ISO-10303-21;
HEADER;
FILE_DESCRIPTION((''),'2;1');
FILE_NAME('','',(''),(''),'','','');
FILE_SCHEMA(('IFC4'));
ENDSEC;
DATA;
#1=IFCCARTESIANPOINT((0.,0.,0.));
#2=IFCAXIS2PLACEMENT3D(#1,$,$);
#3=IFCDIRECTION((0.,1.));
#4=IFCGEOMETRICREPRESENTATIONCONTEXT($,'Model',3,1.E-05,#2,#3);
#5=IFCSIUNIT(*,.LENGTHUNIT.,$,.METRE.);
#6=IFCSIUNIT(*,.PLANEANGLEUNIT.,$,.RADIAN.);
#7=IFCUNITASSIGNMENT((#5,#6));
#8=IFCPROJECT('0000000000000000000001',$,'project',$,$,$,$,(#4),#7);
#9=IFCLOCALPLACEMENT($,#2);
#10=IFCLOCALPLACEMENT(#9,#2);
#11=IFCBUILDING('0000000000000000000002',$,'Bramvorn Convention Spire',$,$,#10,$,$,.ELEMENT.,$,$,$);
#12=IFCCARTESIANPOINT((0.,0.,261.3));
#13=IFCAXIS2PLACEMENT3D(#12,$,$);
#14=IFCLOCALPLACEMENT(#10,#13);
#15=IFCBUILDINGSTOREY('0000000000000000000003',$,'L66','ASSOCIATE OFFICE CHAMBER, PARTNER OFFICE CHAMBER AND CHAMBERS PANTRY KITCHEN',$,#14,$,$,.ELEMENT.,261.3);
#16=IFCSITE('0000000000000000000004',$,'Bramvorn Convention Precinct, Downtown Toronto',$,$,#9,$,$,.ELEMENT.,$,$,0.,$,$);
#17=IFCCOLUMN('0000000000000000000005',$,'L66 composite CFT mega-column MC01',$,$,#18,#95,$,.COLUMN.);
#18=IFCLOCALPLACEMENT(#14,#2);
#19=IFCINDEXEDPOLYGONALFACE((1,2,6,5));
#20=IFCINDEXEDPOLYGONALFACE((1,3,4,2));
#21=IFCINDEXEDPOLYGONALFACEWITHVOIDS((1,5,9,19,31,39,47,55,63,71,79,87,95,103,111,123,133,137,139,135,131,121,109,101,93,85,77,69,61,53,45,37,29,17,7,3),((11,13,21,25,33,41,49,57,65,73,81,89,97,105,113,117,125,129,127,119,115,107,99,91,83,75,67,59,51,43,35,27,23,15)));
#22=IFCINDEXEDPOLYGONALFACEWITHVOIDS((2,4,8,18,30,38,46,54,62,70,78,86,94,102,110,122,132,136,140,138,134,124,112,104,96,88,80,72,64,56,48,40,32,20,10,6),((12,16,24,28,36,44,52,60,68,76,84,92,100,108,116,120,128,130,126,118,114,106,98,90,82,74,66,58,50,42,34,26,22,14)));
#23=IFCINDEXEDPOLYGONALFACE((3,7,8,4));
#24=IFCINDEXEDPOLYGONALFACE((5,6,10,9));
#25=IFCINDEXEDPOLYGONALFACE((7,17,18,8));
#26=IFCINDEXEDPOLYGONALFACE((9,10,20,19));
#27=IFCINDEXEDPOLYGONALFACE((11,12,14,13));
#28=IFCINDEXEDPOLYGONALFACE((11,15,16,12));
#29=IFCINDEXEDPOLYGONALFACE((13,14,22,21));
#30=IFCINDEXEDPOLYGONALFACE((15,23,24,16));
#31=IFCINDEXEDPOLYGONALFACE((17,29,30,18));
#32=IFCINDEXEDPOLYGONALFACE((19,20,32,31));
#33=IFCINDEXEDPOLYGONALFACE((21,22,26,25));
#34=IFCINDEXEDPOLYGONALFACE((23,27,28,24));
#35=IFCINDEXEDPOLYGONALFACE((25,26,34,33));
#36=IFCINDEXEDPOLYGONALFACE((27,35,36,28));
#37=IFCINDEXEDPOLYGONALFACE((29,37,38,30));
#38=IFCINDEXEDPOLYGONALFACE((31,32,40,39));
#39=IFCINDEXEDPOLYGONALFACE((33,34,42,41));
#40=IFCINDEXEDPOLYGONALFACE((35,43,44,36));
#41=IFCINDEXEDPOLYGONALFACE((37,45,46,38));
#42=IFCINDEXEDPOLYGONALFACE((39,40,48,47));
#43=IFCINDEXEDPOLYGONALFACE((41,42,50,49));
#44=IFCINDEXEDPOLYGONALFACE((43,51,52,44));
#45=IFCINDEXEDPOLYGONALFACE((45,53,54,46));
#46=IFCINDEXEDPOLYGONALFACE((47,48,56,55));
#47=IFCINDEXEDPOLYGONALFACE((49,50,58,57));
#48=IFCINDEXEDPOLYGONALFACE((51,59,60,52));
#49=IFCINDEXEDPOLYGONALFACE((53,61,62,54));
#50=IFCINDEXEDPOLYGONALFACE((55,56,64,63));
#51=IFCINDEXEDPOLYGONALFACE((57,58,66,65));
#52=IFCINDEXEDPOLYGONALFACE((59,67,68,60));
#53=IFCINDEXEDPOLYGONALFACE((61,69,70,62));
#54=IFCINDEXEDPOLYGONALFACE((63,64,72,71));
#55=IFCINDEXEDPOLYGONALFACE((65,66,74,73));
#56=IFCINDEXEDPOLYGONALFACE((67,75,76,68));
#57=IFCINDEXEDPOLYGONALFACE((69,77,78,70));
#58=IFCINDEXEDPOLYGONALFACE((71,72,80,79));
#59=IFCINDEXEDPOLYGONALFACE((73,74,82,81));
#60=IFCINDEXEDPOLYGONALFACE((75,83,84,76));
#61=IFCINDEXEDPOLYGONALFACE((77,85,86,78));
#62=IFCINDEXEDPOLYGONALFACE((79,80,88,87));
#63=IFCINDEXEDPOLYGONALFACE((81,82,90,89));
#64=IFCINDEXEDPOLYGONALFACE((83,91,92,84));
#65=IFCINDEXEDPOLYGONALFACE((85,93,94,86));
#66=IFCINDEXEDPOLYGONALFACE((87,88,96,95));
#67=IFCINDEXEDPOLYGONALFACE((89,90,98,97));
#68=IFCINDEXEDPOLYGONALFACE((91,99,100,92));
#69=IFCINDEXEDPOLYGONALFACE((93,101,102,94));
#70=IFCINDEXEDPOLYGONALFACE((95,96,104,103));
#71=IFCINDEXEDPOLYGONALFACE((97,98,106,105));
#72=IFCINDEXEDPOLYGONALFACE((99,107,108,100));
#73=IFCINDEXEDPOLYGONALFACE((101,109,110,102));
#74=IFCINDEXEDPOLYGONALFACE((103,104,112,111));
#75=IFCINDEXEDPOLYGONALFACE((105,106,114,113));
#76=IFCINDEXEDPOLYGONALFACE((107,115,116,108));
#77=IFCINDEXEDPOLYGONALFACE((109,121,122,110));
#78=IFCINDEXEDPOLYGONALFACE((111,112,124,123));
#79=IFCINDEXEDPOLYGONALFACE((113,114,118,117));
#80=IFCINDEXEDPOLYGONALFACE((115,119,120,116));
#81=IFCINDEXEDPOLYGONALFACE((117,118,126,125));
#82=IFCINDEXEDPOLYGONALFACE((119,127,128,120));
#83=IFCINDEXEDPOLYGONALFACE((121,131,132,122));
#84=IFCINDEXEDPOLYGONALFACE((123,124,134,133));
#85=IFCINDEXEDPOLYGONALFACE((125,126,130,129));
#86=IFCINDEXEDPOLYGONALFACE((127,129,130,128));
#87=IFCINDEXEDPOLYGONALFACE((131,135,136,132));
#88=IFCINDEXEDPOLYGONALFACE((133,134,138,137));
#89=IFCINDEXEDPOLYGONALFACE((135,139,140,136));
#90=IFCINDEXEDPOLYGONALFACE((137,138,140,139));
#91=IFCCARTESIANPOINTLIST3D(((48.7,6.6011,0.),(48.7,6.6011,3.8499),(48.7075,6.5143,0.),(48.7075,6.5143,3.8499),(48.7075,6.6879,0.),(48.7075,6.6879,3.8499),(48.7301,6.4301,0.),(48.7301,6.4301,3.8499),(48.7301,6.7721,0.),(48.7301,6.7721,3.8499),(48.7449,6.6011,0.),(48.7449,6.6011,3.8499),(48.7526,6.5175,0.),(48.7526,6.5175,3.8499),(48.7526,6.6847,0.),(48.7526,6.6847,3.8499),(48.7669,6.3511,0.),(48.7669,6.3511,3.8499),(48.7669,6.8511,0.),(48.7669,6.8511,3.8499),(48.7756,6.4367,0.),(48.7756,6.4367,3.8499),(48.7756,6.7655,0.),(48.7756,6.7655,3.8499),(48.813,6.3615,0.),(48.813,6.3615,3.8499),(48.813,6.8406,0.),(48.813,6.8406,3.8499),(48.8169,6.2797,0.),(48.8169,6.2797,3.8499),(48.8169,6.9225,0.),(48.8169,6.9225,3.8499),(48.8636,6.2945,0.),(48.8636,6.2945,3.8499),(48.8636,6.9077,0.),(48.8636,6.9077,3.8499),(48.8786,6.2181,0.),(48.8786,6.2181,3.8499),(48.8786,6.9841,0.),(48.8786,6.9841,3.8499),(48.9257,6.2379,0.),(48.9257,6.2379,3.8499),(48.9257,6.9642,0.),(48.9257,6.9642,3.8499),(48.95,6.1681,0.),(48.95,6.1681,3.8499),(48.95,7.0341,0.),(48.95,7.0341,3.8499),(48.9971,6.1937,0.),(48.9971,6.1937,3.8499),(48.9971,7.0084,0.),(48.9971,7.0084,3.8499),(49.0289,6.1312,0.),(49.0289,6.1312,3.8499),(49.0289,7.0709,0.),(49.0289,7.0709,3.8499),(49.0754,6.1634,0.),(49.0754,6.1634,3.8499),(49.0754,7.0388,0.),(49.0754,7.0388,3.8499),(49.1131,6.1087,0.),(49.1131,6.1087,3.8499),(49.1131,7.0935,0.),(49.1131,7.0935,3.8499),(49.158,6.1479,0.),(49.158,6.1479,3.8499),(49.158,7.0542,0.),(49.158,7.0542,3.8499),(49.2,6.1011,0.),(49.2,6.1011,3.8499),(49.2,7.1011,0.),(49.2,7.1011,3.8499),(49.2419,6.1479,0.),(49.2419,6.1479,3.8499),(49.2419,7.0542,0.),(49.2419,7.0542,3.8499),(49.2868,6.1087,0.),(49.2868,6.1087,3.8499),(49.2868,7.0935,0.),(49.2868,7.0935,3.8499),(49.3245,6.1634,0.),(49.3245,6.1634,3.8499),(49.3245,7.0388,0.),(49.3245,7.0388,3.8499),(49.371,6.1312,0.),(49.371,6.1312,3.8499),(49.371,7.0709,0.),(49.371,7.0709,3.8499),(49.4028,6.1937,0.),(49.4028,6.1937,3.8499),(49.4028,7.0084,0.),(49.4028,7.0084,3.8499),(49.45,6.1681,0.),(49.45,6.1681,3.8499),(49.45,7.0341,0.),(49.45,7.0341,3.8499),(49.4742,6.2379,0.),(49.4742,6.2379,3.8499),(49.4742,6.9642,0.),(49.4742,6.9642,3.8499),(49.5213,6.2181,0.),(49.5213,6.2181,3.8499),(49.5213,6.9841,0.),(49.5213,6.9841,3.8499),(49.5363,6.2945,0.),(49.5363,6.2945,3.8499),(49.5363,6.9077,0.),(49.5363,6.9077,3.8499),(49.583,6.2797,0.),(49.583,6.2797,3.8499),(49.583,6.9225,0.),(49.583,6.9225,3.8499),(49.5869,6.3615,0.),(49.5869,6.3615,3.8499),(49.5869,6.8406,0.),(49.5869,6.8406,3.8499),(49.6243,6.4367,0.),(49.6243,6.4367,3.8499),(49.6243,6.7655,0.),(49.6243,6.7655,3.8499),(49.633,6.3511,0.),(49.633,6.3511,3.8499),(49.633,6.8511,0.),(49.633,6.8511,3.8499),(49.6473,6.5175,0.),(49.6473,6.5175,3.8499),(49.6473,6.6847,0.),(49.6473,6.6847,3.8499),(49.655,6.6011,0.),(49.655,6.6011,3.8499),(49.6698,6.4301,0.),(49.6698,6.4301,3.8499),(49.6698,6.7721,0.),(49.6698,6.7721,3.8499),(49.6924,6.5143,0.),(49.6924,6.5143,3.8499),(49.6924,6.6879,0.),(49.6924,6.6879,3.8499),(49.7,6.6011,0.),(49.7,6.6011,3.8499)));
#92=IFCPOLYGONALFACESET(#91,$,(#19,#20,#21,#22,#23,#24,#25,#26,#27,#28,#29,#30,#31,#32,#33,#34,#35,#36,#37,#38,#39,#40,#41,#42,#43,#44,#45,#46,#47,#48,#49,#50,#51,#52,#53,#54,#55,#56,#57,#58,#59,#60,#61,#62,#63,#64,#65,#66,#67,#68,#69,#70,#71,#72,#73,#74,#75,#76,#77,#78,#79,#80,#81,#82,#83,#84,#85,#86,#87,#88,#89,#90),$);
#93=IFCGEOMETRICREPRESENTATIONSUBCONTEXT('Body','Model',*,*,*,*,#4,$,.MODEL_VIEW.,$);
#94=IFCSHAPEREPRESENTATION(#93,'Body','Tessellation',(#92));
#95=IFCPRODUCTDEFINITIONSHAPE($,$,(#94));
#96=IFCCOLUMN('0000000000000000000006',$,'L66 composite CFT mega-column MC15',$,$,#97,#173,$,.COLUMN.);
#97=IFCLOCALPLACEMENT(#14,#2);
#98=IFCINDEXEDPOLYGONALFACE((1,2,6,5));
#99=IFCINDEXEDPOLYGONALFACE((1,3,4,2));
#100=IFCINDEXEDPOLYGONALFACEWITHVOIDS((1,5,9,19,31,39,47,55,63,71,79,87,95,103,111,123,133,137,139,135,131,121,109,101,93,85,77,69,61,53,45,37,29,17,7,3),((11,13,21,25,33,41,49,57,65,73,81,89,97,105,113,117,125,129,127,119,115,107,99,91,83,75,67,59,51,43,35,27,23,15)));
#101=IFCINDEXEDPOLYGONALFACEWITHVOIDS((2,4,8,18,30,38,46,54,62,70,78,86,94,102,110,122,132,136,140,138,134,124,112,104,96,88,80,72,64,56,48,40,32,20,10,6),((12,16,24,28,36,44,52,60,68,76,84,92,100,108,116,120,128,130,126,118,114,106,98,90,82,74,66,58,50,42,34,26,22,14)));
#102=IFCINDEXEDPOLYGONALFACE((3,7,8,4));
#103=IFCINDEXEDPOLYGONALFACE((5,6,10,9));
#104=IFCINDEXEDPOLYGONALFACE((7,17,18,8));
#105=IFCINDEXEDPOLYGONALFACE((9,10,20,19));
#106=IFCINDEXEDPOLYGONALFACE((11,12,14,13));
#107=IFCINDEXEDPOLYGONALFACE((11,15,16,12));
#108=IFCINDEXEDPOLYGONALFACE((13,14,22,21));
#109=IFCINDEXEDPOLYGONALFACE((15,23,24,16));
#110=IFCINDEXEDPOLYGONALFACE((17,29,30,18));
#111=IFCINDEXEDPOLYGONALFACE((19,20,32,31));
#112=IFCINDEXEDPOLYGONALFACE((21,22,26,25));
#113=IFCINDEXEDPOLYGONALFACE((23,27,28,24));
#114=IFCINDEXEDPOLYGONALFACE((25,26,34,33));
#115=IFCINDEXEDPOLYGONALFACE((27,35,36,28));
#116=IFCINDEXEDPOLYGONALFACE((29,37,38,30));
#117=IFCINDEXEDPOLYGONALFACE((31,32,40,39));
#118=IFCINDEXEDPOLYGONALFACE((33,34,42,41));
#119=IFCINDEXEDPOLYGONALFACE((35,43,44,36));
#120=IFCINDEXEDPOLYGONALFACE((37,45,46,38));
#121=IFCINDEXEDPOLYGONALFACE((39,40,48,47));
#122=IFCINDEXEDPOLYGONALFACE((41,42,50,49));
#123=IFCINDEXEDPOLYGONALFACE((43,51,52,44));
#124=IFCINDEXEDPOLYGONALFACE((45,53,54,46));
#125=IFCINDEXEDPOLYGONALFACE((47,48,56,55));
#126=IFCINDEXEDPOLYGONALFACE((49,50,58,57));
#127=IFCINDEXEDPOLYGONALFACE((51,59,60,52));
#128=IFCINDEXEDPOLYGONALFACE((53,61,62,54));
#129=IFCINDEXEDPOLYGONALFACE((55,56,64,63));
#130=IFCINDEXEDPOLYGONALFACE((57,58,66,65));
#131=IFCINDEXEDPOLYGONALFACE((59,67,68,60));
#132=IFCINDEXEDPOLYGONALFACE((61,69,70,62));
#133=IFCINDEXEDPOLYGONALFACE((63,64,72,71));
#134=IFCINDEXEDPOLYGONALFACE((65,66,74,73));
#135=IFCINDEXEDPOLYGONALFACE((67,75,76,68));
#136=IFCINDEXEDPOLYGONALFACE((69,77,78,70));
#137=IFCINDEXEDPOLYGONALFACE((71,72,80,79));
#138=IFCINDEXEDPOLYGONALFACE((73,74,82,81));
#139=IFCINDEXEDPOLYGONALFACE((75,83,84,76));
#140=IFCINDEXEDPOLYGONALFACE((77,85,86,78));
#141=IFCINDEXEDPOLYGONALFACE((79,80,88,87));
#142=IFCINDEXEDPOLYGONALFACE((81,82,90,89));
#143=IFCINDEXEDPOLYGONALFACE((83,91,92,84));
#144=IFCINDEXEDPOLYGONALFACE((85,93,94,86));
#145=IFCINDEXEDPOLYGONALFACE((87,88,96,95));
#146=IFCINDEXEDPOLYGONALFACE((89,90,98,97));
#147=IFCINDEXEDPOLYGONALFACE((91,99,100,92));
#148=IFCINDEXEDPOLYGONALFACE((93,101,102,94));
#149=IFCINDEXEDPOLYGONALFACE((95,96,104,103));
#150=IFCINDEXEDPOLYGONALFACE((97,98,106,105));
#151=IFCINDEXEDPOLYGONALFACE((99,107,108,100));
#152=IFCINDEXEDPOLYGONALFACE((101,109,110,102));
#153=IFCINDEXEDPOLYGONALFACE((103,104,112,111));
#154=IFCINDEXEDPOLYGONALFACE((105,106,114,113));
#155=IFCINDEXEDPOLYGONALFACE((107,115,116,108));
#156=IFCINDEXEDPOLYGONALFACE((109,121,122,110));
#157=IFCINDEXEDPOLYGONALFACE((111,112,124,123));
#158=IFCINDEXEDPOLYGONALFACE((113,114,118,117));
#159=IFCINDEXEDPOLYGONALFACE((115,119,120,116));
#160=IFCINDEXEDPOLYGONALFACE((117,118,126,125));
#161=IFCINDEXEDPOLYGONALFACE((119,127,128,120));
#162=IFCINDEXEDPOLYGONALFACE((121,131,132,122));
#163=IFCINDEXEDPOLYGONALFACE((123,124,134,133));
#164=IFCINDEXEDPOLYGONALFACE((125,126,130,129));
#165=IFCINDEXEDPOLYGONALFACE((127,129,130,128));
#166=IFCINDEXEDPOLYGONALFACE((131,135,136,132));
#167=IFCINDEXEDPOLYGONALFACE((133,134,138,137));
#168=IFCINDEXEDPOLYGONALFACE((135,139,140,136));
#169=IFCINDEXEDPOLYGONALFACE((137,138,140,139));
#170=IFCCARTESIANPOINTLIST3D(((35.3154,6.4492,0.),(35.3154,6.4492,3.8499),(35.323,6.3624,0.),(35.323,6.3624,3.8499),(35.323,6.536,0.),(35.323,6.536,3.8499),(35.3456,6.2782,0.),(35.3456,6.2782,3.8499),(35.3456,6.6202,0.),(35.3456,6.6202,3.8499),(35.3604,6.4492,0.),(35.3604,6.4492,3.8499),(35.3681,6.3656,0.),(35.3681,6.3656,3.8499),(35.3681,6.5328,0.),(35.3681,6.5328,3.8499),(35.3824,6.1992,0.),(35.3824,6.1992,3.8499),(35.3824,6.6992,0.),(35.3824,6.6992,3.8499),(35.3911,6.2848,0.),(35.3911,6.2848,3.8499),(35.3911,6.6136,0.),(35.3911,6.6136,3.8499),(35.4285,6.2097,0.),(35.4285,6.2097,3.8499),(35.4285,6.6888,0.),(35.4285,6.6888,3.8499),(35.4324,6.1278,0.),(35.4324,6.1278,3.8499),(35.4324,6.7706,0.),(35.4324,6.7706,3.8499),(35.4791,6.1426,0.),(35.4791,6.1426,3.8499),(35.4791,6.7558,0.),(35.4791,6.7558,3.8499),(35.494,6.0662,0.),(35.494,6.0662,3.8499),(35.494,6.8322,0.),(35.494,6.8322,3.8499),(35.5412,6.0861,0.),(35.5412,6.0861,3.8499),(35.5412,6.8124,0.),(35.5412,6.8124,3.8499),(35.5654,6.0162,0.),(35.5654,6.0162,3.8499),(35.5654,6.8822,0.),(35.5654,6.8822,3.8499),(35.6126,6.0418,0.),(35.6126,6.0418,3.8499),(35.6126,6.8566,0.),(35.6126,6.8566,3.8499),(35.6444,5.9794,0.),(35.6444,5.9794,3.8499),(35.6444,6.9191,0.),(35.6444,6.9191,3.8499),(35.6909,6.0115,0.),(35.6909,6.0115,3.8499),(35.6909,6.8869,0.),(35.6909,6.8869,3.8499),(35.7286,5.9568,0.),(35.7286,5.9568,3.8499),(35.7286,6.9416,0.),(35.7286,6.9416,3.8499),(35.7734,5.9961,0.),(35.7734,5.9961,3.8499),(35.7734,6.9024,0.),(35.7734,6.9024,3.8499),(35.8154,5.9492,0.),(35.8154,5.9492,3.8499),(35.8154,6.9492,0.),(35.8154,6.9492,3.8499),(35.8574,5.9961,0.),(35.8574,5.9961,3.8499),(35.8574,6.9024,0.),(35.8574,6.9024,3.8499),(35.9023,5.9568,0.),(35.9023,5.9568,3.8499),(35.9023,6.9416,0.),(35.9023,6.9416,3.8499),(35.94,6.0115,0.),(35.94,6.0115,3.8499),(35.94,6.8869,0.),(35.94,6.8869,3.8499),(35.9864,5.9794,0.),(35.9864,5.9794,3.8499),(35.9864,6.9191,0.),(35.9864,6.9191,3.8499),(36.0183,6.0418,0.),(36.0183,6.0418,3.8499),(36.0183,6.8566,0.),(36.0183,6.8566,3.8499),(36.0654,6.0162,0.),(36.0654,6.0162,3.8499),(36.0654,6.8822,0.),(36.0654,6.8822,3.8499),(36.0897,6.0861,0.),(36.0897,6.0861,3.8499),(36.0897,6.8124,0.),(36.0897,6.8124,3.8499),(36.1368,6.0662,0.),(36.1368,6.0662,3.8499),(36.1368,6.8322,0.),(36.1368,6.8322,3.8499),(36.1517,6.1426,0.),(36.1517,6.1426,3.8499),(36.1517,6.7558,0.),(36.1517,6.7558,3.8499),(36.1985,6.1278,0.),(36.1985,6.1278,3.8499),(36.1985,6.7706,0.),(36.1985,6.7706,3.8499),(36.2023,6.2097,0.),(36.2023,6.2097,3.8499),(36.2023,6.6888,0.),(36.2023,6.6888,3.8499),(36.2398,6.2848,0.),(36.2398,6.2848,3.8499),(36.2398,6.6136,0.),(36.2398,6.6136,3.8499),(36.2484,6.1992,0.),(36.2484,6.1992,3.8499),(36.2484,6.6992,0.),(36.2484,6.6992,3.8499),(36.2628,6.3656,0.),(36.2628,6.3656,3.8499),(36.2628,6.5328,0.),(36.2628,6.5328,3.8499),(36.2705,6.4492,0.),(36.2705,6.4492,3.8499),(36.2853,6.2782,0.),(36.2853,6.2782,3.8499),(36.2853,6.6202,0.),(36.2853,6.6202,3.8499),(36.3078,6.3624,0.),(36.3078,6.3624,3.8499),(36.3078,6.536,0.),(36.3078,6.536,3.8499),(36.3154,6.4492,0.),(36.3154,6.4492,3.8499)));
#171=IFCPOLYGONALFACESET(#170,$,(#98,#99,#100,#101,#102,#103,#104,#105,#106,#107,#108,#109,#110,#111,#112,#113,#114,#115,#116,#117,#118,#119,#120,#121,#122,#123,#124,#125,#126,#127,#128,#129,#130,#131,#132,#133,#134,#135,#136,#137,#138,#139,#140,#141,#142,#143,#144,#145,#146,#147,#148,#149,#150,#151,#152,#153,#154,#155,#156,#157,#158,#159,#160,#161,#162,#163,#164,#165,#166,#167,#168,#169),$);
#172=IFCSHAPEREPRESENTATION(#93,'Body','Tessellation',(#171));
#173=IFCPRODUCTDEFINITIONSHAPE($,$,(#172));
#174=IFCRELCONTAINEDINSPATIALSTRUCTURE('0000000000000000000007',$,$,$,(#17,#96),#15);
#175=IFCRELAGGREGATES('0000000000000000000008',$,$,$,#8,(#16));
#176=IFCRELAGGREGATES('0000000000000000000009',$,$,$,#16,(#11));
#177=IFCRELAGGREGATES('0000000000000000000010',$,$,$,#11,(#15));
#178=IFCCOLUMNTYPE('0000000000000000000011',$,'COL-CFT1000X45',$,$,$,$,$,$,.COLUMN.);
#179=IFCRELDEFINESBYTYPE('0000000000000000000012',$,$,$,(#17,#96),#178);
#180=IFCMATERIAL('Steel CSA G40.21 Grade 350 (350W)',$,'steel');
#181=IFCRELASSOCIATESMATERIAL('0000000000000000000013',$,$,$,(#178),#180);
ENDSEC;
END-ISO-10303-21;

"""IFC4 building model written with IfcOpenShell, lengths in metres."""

from ifc_helpers import new_model, si_unit, direction, frame, origin, origin_2d, place, context, subcontext, project, spatial, hollow_circle, extrude, material, material_profile, profile_set, type_object, element, save


model = new_model("IFC4")

# Units and contexts
model_context = context("Model", 3, precision=1e-05, world=origin(), true_north=direction((0.0, 1.0)))
body_context = subcontext(model_context, "Body", "Model", "MODEL_VIEW")
ifc_project = project(units=[si_unit("LENGTHUNIT", "METRE"), si_unit("PLANEANGLEUNIT", "RADIAN")], contexts=[model_context])

# Site, building, storey
site_placement = place(None, origin())
site = spatial("IfcSite", under=ifc_project, at=site_placement, Name="Bramvorn Convention Precinct, Downtown Toronto", CompositionType="ELEMENT", RefElevation=0.0)
building_placement = place(site_placement, origin())
building = spatial("IfcBuilding", under=site, at=building_placement, Name="Bramvorn Convention Spire", CompositionType="ELEMENT")
storey_placement = place(building_placement, frame((0.0, 0.0, 261.3)))
storey = spatial("IfcBuildingStorey", under=building, at=storey_placement, Name="L66", Description="ASSOCIATE OFFICE CHAMBER, PARTNER OFFICE CHAMBER AND CHAMBERS PANTRY KITCHEN", CompositionType="ELEMENT", Elevation=261.3)

# Columns
ifc_material_1 = material(Name="Steel CSA G40.21 Grade 350 (350W)", Category="steel")
ifc_material_profile_1 = material_profile(ifc_material_1, hollow_circle(Radius=0.5, WallThickness=0.0449, at=origin_2d()))
ifc_profile_set_1 = profile_set([ifc_material_profile_1], Name="Steel CSA G40.21 Grade 350 (350W) - CFT1000X45")
column_type = type_object("IfcColumnType", Name="COL-CFT1000X45", PredefinedType="COLUMN", material=ifc_profile_set_1)
for number, where, z_axis, x_axis, name in (
    (1, (49.2, 6.6011, 0.0), (0.0, 0.0, 1.0), (1.0, 0.0, 0.0), "L66 composite CFT mega-column MC01"),
    (2, (35.8154, 6.4492, 0.0), (0.0, 0.0, 1.0), (1.0, 0.0, 0.0), "L66 composite CFT mega-column MC15"),
):
    element("IfcColumn", number, at=place(storey_placement, frame(where, z_axis=z_axis, x_axis=x_axis)), inside=storey, type_object=column_type, Name=name, PredefinedType="COLUMN", context=body_context, shape_type="SweptSolid", body=[
        extrude(hollow_circle(Radius=0.5, WallThickness=0.0449, at=origin_2d()), origin(), (0.0, 0.0, 1.0), 3.8499),
    ])

save(model, "model.ifc")
